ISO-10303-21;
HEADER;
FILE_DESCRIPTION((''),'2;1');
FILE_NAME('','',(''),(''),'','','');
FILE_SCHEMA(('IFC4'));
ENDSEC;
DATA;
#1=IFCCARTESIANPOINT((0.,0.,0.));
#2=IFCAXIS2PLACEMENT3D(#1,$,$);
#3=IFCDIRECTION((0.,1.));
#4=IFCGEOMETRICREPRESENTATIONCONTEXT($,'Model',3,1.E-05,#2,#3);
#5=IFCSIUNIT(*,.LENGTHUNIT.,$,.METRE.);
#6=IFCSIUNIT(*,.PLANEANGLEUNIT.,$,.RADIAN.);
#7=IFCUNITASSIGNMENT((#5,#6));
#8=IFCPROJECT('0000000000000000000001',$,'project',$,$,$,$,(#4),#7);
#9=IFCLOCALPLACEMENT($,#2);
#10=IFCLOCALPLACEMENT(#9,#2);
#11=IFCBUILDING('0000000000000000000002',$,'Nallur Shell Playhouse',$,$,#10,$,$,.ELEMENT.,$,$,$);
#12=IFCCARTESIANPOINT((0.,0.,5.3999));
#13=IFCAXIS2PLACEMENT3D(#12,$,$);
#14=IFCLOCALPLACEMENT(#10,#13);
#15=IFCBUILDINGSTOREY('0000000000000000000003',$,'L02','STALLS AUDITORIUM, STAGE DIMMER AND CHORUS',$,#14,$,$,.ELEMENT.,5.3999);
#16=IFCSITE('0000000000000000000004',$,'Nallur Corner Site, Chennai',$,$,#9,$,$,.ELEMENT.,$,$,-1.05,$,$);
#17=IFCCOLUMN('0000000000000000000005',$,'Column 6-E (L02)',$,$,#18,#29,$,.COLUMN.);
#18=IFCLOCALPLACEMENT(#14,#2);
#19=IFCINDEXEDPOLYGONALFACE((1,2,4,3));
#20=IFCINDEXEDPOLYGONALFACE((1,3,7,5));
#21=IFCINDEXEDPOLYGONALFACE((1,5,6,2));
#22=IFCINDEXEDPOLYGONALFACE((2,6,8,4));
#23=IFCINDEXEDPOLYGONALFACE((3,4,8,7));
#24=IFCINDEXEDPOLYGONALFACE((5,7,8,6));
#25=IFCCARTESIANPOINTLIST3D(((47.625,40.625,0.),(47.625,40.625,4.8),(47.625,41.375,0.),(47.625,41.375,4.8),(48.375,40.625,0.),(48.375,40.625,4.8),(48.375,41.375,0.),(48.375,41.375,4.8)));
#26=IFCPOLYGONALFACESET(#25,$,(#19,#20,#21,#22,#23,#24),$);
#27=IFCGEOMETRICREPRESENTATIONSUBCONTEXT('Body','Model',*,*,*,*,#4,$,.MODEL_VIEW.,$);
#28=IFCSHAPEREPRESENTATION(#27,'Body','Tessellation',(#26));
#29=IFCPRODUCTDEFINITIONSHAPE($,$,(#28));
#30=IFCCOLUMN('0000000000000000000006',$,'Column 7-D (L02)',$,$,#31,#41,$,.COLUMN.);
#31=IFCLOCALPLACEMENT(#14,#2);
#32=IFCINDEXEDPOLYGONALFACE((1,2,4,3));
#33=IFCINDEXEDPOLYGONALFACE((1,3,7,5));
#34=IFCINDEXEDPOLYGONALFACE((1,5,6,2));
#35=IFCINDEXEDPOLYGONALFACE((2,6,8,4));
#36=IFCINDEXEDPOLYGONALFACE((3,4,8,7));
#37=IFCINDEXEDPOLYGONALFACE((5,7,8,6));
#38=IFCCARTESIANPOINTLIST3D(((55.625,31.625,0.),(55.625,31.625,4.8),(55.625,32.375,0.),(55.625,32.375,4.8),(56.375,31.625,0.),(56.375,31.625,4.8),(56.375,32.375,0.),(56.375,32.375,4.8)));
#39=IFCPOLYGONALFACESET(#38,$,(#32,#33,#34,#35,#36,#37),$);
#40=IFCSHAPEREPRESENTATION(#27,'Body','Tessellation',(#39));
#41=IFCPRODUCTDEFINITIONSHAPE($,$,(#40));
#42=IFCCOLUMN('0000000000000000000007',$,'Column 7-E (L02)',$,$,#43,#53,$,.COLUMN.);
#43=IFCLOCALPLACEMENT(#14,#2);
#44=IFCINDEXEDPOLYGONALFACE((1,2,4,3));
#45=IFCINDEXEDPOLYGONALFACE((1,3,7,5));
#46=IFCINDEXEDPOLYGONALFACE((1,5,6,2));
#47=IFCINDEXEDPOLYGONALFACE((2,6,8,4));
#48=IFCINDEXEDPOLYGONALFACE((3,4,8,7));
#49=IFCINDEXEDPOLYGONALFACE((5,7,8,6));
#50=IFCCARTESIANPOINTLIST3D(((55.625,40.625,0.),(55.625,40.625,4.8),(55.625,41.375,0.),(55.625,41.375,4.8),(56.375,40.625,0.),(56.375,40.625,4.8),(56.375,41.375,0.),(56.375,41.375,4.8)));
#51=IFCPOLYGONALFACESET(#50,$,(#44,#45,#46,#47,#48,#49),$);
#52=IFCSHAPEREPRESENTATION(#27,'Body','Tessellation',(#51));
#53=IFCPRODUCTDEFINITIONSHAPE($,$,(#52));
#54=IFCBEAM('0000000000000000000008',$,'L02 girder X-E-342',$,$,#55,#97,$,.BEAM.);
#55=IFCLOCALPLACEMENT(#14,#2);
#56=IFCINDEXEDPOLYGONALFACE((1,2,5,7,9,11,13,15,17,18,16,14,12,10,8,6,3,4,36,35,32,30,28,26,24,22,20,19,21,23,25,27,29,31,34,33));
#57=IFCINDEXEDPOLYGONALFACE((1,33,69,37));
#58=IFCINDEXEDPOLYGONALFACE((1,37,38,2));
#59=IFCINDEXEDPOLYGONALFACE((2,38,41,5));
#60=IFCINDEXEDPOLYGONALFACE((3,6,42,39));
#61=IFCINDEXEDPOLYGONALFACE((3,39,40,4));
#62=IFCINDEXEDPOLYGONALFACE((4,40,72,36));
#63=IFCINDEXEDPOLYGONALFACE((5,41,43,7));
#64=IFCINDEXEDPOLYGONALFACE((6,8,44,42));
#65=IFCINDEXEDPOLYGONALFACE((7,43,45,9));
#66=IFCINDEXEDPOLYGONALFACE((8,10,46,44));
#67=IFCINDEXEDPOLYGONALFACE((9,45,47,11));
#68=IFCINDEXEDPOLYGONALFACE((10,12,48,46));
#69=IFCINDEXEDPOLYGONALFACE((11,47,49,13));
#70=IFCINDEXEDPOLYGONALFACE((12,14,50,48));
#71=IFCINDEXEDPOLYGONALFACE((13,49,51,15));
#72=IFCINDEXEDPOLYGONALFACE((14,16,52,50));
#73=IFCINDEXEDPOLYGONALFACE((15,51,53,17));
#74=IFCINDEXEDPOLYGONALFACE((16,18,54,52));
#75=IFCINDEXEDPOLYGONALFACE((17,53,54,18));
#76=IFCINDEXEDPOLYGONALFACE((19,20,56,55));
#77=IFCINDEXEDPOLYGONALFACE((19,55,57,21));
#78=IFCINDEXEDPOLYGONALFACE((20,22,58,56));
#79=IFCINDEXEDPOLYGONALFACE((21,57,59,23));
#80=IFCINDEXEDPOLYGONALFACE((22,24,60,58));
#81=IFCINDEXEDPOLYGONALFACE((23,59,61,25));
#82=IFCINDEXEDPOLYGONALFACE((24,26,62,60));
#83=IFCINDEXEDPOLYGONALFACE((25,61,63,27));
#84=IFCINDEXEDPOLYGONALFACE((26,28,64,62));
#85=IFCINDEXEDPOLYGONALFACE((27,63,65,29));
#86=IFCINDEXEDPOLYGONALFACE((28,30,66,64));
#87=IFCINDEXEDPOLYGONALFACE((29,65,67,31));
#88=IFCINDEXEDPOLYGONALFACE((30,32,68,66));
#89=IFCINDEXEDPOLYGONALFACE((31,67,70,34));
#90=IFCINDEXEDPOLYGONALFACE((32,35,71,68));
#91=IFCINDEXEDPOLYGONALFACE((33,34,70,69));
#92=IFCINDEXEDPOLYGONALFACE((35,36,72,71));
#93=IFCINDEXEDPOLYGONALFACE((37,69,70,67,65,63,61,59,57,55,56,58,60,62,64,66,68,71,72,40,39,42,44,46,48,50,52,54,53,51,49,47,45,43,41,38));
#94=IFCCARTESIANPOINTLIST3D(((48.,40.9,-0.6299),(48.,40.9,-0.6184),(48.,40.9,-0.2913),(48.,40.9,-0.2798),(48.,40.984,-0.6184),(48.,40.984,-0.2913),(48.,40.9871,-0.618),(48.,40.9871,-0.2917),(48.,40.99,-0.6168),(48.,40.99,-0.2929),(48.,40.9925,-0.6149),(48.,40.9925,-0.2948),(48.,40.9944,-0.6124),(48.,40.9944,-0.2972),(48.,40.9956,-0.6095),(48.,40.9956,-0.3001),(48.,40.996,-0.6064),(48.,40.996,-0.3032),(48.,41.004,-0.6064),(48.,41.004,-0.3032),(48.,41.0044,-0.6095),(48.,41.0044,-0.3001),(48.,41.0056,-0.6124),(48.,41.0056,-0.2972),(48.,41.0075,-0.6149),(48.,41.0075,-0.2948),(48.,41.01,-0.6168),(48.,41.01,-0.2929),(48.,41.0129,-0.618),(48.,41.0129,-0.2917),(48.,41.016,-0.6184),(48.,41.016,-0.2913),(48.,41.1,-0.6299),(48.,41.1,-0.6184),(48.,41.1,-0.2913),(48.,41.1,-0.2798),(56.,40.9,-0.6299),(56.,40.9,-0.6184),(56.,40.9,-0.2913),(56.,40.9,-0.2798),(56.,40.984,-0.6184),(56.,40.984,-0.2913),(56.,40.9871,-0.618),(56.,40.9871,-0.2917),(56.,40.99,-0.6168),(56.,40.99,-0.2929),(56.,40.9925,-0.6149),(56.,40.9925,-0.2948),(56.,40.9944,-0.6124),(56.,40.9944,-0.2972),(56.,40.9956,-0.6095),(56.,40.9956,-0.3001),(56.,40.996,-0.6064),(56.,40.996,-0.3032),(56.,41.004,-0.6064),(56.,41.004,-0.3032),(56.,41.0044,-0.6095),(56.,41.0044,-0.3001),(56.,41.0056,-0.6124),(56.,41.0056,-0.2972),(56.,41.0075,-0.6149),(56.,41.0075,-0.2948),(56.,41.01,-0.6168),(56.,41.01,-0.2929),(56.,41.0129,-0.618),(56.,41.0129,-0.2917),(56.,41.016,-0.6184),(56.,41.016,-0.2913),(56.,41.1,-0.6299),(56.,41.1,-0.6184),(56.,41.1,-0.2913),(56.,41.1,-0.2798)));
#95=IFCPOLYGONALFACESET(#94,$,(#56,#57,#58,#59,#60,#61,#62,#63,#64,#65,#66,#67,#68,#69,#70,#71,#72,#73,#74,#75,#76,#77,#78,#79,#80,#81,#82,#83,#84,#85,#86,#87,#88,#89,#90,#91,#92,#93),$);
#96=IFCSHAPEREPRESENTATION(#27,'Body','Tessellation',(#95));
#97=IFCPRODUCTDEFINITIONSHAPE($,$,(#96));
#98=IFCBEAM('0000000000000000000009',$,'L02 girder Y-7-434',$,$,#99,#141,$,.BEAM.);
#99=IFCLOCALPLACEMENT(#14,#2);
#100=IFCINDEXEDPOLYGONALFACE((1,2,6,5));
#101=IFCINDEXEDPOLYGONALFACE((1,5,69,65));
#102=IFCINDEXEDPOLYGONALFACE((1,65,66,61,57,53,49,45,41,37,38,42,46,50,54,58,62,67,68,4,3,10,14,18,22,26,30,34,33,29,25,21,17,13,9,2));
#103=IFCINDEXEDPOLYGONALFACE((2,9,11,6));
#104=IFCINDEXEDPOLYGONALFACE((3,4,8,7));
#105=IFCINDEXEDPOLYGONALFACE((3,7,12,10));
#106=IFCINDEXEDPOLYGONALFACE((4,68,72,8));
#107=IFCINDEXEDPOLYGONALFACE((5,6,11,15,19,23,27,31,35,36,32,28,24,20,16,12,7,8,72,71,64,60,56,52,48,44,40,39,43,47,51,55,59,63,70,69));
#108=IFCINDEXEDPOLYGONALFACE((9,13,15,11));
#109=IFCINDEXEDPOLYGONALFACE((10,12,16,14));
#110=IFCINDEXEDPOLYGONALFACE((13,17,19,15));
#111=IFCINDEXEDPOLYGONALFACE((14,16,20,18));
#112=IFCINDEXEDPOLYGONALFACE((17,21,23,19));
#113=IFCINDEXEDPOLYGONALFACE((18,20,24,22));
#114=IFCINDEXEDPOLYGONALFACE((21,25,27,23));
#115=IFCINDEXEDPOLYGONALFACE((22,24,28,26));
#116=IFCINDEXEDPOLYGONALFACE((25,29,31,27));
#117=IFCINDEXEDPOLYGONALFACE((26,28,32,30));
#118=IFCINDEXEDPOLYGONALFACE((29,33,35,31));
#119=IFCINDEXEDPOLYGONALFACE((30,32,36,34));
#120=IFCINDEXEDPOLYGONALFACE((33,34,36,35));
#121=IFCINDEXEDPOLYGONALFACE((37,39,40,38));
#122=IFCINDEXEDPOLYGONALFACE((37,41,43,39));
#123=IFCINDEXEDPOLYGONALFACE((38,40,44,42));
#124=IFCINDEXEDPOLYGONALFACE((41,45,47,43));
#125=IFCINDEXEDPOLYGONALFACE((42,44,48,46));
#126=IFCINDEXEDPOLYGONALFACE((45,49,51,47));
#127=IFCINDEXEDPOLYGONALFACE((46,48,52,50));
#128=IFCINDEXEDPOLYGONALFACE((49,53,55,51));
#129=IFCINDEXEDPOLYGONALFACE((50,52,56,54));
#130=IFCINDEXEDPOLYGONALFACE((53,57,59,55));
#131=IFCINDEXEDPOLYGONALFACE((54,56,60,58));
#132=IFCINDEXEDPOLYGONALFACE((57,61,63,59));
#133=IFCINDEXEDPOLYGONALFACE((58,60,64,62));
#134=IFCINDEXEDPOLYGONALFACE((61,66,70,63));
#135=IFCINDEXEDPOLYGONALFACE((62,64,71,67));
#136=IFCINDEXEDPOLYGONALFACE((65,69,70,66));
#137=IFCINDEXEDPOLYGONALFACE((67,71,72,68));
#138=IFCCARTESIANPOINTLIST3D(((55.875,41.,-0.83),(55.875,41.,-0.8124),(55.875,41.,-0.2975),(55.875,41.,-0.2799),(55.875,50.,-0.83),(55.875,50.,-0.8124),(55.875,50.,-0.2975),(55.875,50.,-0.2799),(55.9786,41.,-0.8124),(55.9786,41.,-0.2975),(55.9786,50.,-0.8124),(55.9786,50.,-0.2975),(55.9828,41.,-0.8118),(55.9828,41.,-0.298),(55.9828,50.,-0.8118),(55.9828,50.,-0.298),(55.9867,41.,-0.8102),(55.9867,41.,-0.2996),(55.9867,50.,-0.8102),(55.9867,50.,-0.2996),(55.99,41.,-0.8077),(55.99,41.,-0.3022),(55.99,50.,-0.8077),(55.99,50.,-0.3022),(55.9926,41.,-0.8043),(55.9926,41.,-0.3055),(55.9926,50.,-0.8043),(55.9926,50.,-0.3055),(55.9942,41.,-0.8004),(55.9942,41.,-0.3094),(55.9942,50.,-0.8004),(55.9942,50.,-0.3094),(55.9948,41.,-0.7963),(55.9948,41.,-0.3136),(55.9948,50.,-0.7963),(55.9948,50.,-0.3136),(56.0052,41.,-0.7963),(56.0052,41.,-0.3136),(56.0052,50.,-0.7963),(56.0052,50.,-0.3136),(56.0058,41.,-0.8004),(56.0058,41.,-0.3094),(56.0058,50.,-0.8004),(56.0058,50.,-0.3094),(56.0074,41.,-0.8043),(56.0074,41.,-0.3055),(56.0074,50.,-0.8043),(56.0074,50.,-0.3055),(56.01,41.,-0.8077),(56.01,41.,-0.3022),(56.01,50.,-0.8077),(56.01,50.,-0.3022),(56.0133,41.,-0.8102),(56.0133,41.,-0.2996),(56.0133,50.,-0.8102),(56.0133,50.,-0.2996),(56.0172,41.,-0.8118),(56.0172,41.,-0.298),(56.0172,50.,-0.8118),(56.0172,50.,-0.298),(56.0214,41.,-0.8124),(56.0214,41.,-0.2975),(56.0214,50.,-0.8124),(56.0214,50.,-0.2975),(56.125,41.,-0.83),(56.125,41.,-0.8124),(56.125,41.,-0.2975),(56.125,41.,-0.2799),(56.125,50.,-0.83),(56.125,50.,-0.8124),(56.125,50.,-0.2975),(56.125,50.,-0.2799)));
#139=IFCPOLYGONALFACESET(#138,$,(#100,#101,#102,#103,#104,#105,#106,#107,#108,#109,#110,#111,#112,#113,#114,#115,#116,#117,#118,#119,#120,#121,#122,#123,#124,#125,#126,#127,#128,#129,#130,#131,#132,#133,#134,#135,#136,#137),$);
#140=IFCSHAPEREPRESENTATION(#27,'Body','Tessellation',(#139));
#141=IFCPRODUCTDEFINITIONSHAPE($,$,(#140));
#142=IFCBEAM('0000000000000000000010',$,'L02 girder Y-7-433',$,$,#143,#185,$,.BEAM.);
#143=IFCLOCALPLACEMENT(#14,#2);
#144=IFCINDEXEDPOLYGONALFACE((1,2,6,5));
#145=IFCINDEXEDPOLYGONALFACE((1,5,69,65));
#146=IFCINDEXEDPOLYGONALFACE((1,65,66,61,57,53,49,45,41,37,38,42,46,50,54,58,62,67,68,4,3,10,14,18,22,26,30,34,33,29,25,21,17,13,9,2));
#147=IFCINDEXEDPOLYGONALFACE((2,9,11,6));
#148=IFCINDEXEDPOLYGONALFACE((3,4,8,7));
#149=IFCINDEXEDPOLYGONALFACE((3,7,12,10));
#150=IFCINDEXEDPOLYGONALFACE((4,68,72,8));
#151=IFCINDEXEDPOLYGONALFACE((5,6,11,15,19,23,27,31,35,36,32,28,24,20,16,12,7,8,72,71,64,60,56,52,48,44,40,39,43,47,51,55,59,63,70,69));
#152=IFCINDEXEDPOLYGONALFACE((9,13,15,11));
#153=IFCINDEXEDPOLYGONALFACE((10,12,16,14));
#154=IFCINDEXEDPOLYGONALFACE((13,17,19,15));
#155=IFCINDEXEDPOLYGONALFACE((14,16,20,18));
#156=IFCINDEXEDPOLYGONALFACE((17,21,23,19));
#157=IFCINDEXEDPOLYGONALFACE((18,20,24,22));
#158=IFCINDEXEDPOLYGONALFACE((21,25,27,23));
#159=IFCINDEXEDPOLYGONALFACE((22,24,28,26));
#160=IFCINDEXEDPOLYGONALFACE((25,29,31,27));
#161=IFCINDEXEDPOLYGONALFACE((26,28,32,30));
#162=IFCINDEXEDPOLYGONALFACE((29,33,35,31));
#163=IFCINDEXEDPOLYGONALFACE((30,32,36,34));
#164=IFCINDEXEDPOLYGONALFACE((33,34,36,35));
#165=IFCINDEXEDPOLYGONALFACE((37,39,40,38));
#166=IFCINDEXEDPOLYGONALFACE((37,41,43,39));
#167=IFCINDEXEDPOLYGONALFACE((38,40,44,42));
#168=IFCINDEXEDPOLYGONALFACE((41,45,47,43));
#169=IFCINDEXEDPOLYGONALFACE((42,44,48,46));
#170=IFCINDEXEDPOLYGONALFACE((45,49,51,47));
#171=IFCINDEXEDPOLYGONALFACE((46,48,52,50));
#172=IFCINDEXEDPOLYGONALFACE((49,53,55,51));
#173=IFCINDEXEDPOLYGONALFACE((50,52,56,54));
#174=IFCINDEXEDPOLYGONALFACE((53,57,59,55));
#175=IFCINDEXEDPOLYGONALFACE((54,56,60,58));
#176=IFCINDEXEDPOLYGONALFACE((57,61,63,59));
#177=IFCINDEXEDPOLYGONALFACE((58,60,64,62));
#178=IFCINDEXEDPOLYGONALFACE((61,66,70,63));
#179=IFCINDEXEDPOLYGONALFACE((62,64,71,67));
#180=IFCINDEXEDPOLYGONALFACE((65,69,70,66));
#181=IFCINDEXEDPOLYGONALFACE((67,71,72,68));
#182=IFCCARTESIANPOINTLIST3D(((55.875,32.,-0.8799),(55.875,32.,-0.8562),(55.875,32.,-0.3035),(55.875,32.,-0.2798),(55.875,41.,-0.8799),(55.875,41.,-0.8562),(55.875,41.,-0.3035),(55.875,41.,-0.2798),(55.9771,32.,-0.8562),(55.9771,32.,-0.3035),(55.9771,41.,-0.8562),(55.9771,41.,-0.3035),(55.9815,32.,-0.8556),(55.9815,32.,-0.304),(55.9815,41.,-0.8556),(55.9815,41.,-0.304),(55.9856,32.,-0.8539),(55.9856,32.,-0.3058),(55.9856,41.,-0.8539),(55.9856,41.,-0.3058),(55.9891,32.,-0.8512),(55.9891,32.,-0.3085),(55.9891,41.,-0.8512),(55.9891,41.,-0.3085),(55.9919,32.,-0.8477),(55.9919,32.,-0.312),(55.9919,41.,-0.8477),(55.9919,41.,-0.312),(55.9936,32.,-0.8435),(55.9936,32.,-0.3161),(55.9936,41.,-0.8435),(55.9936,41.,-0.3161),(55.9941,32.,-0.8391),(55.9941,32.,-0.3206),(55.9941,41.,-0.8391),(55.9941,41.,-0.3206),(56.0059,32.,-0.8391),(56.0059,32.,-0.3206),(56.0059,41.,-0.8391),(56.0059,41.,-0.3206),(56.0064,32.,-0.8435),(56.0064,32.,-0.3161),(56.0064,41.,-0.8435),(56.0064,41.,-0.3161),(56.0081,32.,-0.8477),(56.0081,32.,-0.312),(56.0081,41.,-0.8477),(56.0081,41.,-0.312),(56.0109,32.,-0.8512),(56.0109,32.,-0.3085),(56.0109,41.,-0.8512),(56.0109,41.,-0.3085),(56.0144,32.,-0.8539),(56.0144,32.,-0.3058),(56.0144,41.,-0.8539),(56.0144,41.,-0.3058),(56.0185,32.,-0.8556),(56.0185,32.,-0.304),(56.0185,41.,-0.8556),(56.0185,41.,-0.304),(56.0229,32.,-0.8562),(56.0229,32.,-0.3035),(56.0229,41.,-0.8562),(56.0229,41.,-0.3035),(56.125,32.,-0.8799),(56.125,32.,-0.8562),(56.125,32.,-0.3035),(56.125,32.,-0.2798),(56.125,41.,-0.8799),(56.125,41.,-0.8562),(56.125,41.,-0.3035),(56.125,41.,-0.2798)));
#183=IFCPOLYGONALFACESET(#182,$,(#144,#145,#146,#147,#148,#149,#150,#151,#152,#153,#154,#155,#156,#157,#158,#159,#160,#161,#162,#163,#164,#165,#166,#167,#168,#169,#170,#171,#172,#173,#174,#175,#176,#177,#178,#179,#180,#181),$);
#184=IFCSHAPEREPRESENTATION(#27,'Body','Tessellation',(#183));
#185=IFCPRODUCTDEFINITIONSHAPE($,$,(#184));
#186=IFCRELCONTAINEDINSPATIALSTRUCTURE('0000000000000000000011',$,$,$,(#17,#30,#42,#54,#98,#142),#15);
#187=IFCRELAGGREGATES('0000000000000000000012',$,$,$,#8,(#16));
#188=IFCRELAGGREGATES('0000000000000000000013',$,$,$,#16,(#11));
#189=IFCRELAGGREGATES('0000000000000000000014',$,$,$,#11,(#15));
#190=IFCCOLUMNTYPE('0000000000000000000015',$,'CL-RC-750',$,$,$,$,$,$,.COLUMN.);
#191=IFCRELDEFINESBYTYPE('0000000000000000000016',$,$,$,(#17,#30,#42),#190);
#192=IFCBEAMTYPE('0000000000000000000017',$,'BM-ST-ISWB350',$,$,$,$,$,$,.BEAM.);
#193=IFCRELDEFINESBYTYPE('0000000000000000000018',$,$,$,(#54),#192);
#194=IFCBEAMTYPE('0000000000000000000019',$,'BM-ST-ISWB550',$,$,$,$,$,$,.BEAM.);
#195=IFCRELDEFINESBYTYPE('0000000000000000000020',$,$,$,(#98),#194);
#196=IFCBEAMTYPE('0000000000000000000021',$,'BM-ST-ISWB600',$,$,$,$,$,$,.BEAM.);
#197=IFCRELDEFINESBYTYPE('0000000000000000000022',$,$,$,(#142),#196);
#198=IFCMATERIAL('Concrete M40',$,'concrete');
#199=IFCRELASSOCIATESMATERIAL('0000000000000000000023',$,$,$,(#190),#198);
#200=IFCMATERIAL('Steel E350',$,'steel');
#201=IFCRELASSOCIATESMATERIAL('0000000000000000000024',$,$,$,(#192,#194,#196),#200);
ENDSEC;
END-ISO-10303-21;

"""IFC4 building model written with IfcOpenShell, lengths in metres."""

from ifc_helpers import new_model, si_unit, direction, frame, origin, origin_2d, place, context, subcontext, project, spatial, rectangle, i_section, extrude, material, material_profile, profile_set, type_object, element, save


model = new_model("IFC4")

# Units and contexts
model_context = context("Model", 3, precision=1e-05, world=origin(), true_north=direction((0.0, 1.0)))
body_context = subcontext(model_context, "Body", "Model", "MODEL_VIEW")
ifc_project = project(units=[si_unit("LENGTHUNIT", "METRE"), si_unit("PLANEANGLEUNIT", "RADIAN")], contexts=[model_context])

# Site, building, storey
site_placement = place(None, origin())
site = spatial("IfcSite", under=ifc_project, at=site_placement, Name="Nallur Corner Site, Chennai", CompositionType="ELEMENT", RefElevation=-1.05)
building_placement = place(site_placement, origin())
building = spatial("IfcBuilding", under=site, at=building_placement, Name="Nallur Shell Playhouse", CompositionType="ELEMENT")
storey_placement = place(building_placement, frame((0.0, 0.0, 5.3999)))
storey = spatial("IfcBuildingStorey", under=building, at=storey_placement, Name="L02", Description="STALLS AUDITORIUM, STAGE DIMMER AND CHORUS", CompositionType="ELEMENT", Elevation=5.3999)

# Columns
ifc_material_1 = material(Name="Concrete M40", Category="concrete")
ifc_material_profile_1 = material_profile(ifc_material_1, rectangle(XDim=0.75, YDim=0.75, at=origin_2d()), Name="RC 750x750")
ifc_profile_set_1 = profile_set([ifc_material_profile_1], Name="Concrete M40")
column_type = type_object("IfcColumnType", Name="CL-RC-750", PredefinedType="COLUMN", material=ifc_profile_set_1)
for number, where, z_axis, x_axis, name in (
    (1, (48.0, 41.0, 0.0), (0.0, 0.0, 1.0), (1.0, 0.0, 0.0), "Column 6-E (L02)"),
    (2, (56.0, 32.0, 0.0), (0.0, 0.0, 1.0), (1.0, 0.0, 0.0), "Column 7-D (L02)"),
    (3, (56.0, 41.0, 0.0), (0.0, 0.0, 1.0), (1.0, 0.0, 0.0), "Column 7-E (L02)"),
):
    element("IfcColumn", number, at=place(storey_placement, frame(where, z_axis=z_axis, x_axis=x_axis)), inside=storey, type_object=column_type, Name=name, PredefinedType="COLUMN", context=body_context, shape_type="SweptSolid", body=[
        extrude(rectangle(XDim=0.75, YDim=0.75, at=origin_2d()), origin(), (0.0, 0.0, 1.0), 4.8),
    ])

# Beams
ifc_material_2 = material(Name="Steel E350", Category="steel")
ifc_material_profile_2 = material_profile(ifc_material_2, i_section(OverallWidth=0.2, OverallDepth=0.3501, WebThickness=0.0081, FlangeThickness=0.0115, FilletRadius=0.012, at=origin_2d()), Name="ISWB 350")
ifc_profile_set_2 = profile_set([ifc_material_profile_2], Name="Steel E350")
beam_type_1 = type_object("IfcBeamType", Name="BM-ST-ISWB350", PredefinedType="BEAM", material=ifc_profile_set_2)
beam_1_placement = place(storey_placement, frame((48.0, 41.0, -0.4548), z_axis=(1.0, 0.0, 0.0), x_axis=(0.0, 1.0, 0.0)))
element("IfcBeam", 4, at=beam_1_placement, inside=storey, type_object=beam_type_1, Name="L02 girder X-E-342", PredefinedType="BEAM", context=body_context, shape_type="SweptSolid", body=[
    extrude(i_section(OverallWidth=0.2, OverallDepth=0.3501, WebThickness=0.0081, FlangeThickness=0.0115, FilletRadius=0.012, at=origin_2d()), origin(), (0.0, 0.0, 1.0), 8.0),
])
ifc_material_profile_3 = material_profile(ifc_material_2, i_section(OverallWidth=0.25, OverallDepth=0.55, WebThickness=0.0105, FlangeThickness=0.0176, FilletRadius=0.0161, at=origin_2d()), Name="ISWB 550")
ifc_profile_set_3 = profile_set([ifc_material_profile_3], Name="Steel E350")
beam_type_2 = type_object("IfcBeamType", Name="BM-ST-ISWB550", PredefinedType="BEAM", material=ifc_profile_set_3)
beam_2_placement = place(storey_placement, frame((56.0, 41.0, -0.5549), z_axis=(0.0, 1.0, 0.0), x_axis=(-1.0, 0.0, 0.0)))
element("IfcBeam", 5, at=beam_2_placement, inside=storey, type_object=beam_type_2, Name="L02 girder Y-7-434", PredefinedType="BEAM", context=body_context, shape_type="SweptSolid", body=[
    extrude(i_section(OverallWidth=0.25, OverallDepth=0.55, WebThickness=0.0105, FlangeThickness=0.0176, FilletRadius=0.0161, at=origin_2d()), origin(), (0.0, 0.0, 1.0), 9.0),
])
ifc_material_profile_4 = material_profile(ifc_material_2, i_section(OverallWidth=0.25, OverallDepth=0.6001, WebThickness=0.0117, FlangeThickness=0.0237, FilletRadius=0.0171, at=origin_2d()), Name="ISWB 600")
ifc_profile_set_4 = profile_set([ifc_material_profile_4], Name="Steel E350")
beam_type_3 = type_object("IfcBeamType", Name="BM-ST-ISWB600", PredefinedType="BEAM", material=ifc_profile_set_4)
beam_3_placement = place(storey_placement, frame((56.0, 32.0, -0.5798), z_axis=(0.0, 1.0, 0.0), x_axis=(-1.0, 0.0, 0.0)))
element("IfcBeam", 6, at=beam_3_placement, inside=storey, type_object=beam_type_3, Name="L02 girder Y-7-433", PredefinedType="BEAM", context=body_context, shape_type="SweptSolid", body=[
    extrude(i_section(OverallWidth=0.25, OverallDepth=0.6001, WebThickness=0.0117, FlangeThickness=0.0237, FilletRadius=0.0171, at=origin_2d()), origin(), (0.0, 0.0, 1.0), 9.0),
])

save(model, "model.ifc")
